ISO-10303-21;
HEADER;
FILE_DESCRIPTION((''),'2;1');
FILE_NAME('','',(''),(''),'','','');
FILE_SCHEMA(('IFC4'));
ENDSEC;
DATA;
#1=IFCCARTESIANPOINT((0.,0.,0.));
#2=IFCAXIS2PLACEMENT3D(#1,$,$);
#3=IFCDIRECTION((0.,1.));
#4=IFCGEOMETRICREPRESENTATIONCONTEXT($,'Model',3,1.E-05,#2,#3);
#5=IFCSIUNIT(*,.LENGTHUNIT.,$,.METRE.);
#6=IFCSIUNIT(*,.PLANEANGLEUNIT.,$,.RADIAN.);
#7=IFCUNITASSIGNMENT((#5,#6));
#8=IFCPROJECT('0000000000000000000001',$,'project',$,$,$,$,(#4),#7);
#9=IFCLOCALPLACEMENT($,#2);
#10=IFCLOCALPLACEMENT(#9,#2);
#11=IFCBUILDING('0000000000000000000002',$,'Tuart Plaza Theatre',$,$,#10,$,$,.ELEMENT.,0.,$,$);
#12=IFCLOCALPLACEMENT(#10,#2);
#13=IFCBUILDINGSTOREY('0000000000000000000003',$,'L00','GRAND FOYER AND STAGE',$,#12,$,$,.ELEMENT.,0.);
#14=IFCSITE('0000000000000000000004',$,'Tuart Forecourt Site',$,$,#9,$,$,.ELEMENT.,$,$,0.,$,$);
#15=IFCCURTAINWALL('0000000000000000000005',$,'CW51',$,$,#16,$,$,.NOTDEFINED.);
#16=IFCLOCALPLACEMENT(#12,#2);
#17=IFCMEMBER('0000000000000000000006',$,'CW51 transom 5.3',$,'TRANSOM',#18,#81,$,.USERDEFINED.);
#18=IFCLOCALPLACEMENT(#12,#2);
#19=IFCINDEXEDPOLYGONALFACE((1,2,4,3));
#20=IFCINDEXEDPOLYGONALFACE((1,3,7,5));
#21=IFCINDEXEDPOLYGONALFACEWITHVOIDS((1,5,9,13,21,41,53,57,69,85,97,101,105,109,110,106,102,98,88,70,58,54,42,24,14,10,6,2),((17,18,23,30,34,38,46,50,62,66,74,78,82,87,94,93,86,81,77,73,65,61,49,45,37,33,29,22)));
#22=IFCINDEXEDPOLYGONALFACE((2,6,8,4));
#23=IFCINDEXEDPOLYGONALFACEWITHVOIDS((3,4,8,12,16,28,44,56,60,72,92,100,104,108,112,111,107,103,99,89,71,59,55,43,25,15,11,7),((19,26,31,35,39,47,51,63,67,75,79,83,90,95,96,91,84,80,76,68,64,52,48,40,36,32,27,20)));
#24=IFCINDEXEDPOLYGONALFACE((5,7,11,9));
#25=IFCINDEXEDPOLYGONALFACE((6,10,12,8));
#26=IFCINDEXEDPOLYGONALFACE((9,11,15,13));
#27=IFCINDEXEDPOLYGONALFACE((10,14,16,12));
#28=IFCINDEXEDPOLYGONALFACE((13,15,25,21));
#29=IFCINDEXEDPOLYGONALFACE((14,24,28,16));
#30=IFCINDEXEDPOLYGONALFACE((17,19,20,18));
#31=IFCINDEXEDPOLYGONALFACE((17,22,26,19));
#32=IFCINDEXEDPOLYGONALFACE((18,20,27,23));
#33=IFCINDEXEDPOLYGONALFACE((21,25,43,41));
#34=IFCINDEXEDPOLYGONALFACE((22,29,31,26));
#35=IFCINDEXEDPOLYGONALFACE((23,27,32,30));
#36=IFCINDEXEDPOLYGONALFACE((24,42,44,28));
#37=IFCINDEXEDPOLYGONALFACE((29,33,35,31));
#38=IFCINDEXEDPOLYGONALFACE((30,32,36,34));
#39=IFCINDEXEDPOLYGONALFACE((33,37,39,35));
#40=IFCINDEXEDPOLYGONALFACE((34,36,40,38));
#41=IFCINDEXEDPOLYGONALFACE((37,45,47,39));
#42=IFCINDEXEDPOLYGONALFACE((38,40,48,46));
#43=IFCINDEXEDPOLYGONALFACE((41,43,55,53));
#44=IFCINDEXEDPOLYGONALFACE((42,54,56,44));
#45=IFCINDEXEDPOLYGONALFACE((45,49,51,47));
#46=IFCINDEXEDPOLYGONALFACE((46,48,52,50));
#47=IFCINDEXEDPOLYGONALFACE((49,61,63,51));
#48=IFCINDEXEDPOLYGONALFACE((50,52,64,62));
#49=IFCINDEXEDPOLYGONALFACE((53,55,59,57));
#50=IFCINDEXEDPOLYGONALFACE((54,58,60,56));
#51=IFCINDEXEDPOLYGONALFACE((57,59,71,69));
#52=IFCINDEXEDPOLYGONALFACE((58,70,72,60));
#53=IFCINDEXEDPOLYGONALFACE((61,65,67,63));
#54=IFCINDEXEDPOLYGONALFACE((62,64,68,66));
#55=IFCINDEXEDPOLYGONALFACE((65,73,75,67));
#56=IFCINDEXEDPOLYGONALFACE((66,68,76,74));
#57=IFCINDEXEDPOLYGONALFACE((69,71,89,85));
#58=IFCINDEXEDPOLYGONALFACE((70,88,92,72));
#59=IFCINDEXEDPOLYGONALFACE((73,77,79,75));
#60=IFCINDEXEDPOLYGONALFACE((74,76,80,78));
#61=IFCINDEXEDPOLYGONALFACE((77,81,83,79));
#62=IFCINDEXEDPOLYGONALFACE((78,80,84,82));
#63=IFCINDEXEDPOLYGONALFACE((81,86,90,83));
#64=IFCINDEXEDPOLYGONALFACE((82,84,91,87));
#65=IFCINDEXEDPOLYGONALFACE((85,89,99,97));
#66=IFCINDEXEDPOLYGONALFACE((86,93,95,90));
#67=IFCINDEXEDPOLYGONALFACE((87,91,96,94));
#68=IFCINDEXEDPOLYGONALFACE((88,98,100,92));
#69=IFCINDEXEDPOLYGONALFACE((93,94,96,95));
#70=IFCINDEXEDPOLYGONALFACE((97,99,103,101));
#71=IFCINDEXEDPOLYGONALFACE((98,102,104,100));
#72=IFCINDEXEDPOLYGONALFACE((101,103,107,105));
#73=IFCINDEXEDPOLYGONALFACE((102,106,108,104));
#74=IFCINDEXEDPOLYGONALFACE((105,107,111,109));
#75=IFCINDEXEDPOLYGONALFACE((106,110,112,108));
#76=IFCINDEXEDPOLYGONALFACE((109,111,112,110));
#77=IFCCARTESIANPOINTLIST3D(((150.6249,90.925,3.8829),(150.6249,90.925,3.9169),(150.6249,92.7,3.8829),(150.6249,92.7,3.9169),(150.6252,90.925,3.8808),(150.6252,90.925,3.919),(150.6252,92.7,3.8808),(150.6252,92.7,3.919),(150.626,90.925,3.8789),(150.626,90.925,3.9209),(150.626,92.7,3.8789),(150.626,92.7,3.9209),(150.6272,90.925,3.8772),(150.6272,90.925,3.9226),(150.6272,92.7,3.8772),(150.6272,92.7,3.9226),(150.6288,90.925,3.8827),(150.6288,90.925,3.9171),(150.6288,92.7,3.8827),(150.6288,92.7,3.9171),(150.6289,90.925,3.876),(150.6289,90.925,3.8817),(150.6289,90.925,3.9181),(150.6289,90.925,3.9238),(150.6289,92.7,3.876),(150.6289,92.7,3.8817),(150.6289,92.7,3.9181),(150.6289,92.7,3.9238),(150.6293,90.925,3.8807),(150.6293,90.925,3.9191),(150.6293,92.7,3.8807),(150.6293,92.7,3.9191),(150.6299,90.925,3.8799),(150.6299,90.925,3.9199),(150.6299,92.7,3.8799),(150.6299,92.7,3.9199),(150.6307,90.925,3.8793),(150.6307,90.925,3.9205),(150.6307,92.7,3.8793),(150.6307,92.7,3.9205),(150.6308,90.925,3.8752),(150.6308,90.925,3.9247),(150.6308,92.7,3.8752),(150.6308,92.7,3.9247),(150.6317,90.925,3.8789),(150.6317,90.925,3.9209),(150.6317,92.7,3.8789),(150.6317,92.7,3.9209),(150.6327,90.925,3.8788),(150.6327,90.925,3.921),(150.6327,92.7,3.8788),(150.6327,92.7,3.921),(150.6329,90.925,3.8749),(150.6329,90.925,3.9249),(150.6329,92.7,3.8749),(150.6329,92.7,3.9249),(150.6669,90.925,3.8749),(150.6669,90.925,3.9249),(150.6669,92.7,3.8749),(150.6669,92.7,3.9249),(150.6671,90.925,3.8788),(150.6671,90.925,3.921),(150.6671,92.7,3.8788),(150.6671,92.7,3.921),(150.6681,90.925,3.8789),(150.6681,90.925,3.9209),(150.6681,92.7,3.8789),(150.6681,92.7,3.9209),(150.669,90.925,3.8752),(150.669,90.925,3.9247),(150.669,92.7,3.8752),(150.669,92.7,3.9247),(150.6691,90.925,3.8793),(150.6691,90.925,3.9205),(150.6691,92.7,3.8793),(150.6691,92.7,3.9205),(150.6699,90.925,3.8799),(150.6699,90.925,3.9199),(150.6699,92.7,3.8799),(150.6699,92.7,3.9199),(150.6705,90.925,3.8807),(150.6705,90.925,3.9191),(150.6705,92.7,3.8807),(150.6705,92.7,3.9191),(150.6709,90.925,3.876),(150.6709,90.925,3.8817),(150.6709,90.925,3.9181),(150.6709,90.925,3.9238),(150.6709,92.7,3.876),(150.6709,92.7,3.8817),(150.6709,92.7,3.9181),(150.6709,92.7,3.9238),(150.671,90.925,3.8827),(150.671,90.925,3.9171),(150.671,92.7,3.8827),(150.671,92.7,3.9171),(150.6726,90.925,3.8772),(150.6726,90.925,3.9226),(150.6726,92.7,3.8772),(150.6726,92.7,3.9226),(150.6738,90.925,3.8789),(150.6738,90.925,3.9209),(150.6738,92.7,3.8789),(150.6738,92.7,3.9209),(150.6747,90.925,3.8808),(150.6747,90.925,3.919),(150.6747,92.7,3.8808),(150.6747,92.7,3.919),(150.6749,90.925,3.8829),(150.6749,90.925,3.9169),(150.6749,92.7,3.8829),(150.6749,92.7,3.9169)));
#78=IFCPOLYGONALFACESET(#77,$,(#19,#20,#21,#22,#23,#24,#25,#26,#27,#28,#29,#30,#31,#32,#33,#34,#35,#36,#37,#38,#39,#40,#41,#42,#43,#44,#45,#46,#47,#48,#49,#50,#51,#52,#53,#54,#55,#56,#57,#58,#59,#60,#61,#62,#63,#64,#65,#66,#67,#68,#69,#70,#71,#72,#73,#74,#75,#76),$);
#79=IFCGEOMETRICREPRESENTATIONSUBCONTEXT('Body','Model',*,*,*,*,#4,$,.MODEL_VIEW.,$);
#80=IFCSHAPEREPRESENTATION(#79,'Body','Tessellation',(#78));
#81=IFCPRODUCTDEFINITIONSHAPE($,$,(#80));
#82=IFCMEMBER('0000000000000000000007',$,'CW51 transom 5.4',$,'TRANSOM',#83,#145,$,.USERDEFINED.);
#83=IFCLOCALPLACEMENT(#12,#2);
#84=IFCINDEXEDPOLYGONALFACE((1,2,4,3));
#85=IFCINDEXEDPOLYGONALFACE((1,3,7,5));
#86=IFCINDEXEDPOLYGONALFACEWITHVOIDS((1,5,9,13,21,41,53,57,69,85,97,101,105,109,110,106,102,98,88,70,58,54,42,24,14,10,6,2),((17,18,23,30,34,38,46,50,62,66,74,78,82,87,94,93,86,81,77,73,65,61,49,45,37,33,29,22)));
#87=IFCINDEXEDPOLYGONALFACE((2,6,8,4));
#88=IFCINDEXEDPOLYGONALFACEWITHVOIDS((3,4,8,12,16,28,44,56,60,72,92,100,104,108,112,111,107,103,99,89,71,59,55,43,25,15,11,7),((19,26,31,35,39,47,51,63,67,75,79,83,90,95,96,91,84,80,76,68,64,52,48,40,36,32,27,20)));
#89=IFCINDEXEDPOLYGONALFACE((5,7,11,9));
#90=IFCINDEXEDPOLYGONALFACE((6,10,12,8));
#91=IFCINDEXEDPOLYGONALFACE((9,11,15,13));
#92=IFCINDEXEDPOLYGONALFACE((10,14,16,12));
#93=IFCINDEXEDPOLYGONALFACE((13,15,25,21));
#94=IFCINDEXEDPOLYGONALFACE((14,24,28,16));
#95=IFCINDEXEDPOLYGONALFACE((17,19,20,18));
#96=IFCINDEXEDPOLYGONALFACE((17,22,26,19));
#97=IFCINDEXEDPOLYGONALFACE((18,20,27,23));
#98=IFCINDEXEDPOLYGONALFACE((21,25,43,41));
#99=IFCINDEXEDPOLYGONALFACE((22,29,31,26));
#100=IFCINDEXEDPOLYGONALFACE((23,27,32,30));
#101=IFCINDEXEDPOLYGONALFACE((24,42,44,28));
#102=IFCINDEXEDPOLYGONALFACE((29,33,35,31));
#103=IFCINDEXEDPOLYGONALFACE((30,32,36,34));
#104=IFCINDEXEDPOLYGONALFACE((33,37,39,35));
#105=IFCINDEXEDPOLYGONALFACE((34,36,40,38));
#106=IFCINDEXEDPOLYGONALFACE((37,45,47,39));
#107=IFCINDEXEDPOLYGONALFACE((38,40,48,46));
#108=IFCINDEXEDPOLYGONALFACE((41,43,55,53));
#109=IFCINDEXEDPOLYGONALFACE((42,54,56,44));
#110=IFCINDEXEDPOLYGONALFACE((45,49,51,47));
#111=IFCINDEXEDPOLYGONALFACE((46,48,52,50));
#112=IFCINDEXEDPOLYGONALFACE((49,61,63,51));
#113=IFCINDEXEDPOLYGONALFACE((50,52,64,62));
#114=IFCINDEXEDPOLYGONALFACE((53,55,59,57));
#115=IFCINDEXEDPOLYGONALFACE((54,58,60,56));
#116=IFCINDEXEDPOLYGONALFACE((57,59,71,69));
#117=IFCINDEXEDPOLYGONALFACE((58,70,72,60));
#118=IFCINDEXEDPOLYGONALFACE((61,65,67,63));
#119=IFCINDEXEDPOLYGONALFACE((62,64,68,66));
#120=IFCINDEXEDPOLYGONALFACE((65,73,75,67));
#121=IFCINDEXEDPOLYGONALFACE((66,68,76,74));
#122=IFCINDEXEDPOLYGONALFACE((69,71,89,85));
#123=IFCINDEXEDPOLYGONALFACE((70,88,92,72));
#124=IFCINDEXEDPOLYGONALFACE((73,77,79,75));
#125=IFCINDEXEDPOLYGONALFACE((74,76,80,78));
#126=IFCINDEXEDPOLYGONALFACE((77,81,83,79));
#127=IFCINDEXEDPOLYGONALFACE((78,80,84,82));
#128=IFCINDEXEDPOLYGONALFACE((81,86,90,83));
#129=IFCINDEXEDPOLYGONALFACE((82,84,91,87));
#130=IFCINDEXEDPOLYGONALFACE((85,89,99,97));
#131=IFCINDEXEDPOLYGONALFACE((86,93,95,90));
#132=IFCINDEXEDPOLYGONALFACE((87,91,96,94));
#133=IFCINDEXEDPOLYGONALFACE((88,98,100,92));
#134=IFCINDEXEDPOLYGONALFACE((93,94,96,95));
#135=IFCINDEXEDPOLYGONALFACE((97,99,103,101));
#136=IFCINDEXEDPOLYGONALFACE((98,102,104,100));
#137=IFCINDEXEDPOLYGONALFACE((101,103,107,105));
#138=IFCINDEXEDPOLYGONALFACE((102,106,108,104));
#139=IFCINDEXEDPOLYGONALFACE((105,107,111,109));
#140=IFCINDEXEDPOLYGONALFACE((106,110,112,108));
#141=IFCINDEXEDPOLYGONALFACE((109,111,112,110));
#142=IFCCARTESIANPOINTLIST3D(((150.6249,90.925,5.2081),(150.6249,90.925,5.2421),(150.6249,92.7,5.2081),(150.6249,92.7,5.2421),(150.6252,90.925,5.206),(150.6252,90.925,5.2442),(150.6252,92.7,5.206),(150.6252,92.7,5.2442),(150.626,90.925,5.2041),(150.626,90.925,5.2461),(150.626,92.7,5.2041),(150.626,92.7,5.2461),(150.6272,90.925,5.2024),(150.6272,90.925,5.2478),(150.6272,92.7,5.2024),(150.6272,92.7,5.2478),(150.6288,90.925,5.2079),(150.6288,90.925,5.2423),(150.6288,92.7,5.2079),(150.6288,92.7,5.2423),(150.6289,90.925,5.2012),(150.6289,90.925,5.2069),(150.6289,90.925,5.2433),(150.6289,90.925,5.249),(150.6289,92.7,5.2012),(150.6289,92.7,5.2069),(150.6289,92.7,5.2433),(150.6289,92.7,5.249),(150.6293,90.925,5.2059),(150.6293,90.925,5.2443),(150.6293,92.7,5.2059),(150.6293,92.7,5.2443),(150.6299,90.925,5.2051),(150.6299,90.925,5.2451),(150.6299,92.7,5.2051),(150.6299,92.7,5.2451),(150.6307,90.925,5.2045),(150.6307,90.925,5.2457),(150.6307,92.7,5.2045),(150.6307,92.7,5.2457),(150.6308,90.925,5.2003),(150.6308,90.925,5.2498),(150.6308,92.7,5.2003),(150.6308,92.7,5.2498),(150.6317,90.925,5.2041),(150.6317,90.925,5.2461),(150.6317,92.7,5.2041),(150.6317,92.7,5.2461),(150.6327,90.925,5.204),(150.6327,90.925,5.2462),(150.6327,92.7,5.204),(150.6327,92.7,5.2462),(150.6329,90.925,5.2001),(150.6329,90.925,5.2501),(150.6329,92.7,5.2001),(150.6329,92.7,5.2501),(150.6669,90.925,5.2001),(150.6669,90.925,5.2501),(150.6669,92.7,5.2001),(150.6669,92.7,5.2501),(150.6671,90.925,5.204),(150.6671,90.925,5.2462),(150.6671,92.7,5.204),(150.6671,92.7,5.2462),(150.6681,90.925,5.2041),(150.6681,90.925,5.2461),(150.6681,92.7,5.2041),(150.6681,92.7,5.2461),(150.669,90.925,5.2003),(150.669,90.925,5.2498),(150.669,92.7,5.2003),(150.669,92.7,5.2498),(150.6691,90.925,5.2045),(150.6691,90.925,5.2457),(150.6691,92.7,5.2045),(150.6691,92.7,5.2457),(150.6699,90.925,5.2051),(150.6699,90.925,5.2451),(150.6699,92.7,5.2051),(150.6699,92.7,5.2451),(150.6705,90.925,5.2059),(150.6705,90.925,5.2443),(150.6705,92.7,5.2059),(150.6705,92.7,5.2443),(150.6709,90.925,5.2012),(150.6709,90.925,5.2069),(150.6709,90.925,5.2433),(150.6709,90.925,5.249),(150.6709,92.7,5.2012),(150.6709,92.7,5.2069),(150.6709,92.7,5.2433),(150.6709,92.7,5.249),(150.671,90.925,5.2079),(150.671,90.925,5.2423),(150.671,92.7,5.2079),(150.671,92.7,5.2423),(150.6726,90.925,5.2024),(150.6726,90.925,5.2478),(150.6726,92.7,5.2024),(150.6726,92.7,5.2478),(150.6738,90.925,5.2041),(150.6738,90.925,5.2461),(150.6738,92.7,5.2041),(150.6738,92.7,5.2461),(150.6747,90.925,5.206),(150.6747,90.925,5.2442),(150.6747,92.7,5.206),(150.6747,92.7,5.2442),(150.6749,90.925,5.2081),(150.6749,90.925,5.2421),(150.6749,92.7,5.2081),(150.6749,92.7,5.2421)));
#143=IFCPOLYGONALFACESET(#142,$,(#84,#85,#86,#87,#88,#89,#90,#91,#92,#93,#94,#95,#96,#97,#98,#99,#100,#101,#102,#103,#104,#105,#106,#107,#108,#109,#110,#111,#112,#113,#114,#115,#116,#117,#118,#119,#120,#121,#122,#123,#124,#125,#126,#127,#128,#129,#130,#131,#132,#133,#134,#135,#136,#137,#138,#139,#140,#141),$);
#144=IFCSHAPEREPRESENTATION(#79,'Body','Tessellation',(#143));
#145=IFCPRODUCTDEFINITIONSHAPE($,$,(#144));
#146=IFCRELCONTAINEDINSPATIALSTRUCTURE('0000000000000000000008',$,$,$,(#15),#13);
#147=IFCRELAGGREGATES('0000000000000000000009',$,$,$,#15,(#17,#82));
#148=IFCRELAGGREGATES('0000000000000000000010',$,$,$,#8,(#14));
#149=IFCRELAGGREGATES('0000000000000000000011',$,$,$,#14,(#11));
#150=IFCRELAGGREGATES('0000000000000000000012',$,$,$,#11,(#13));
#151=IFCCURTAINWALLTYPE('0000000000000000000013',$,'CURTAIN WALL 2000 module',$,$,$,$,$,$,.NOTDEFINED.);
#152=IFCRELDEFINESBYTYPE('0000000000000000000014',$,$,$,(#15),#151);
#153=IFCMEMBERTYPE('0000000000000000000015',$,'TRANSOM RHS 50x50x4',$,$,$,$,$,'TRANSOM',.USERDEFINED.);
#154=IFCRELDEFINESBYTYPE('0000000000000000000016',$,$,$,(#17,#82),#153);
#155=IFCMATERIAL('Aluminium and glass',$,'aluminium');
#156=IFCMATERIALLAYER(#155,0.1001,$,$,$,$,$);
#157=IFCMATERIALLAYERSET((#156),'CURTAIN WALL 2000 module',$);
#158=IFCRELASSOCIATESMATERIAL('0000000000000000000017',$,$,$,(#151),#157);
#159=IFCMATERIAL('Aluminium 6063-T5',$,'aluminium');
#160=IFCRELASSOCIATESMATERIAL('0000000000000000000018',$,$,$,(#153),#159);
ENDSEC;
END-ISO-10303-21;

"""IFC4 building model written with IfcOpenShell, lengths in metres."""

from ifc_helpers import new_model, si_unit, direction, frame, origin, origin_2d, place, context, subcontext, project, spatial, hollow_rectangle, extrude, material, layer, layer_set, material_profile, profile_set, type_object, element, aggregate, save


model = new_model("IFC4")

# Units and contexts
model_context = context("Model", 3, precision=1e-05, world=origin(), true_north=direction((0.0, 1.0)))
body_context = subcontext(model_context, "Body", "Model", "MODEL_VIEW")
ifc_project = project(units=[si_unit("LENGTHUNIT", "METRE"), si_unit("PLANEANGLEUNIT", "RADIAN")], contexts=[model_context])

# Site, building, storey
site_placement = place(None, origin())
site = spatial("IfcSite", under=ifc_project, at=site_placement, Name="Tuart Forecourt Site", CompositionType="ELEMENT", RefElevation=0.0)
building_placement = place(site_placement, origin())
building = spatial("IfcBuilding", under=site, at=building_placement, Name="Tuart Plaza Theatre", CompositionType="ELEMENT", ElevationOfRefHeight=0.0)
storey_placement = place(building_placement, origin())
storey = spatial("IfcBuildingStorey", under=building, at=storey_placement, Name="L00", Description="GRAND FOYER AND STAGE", CompositionType="ELEMENT", Elevation=0.0)

# Curtain wall
ifc_material_1 = material(Name="Aluminium and glass", Category="aluminium")
ifc_layer_1 = layer(ifc_material_1, 0.1001)
ifc_layer_set_1 = layer_set([ifc_layer_1], Name="CURTAIN WALL 2000 module")
curtain_wall_type_1 = type_object("IfcCurtainWallType", Name="CURTAIN WALL 2000 module", PredefinedType="NOTDEFINED", material=ifc_layer_set_1)
curtain_wall_1_placement = place(storey_placement, origin())
curtain_wall_1 = element("IfcCurtainWall", 1, at=curtain_wall_1_placement, inside=storey, type_object=curtain_wall_type_1, Name="CW51", PredefinedType="NOTDEFINED")

# Members
ifc_material_2 = material(Name="Aluminium 6063-T5", Category="aluminium")
ifc_material_profile_1 = material_profile(ifc_material_2, hollow_rectangle(XDim=0.05, YDim=0.05, WallThickness=0.0039, InnerFilletRadius=0.0039, OuterFilletRadius=0.0081, at=origin_2d()), Name="RHS 50x50x4")
ifc_profile_set_1 = profile_set([ifc_material_profile_1], Name="Aluminium 6063-T5")
member_type_1 = type_object("IfcMemberType", Name="TRANSOM RHS 50x50x4", ElementType="TRANSOM", PredefinedType="USERDEFINED", material=ifc_profile_set_1)
member_1_placement = place(storey_placement, frame((150.6499, 90.925, 3.8999), z_axis=(0.0, 1.0, 0.0), x_axis=(-1.0, 0.0, 0.0)))
member_1 = element("IfcMember", 2, at=member_1_placement, type_object=member_type_1, Name="CW51 transom 5.3", ObjectType="TRANSOM", PredefinedType="USERDEFINED", context=body_context, shape_type="SweptSolid", body=[
    extrude(hollow_rectangle(XDim=0.05, YDim=0.05, WallThickness=0.0039, InnerFilletRadius=0.0039, OuterFilletRadius=0.0081, at=origin_2d()), origin(), (0.0, 0.0, 1.0), 1.7749),
])
member_2_placement = place(storey_placement, frame((150.6499, 90.925, 5.2251), z_axis=(0.0, 1.0, 0.0), x_axis=(-1.0, 0.0, 0.0)))
member_2 = element("IfcMember", 3, at=member_2_placement, type_object=member_type_1, Name="CW51 transom 5.4", ObjectType="TRANSOM", PredefinedType="USERDEFINED", context=body_context, shape_type="SweptSolid", body=[
    extrude(hollow_rectangle(XDim=0.05, YDim=0.05, WallThickness=0.0039, InnerFilletRadius=0.0039, OuterFilletRadius=0.0081, at=origin_2d()), origin(), (0.0, 0.0, 1.0), 1.7749),
])

aggregate(curtain_wall_1, [member_1, member_2])

save(model, "model.ifc")
